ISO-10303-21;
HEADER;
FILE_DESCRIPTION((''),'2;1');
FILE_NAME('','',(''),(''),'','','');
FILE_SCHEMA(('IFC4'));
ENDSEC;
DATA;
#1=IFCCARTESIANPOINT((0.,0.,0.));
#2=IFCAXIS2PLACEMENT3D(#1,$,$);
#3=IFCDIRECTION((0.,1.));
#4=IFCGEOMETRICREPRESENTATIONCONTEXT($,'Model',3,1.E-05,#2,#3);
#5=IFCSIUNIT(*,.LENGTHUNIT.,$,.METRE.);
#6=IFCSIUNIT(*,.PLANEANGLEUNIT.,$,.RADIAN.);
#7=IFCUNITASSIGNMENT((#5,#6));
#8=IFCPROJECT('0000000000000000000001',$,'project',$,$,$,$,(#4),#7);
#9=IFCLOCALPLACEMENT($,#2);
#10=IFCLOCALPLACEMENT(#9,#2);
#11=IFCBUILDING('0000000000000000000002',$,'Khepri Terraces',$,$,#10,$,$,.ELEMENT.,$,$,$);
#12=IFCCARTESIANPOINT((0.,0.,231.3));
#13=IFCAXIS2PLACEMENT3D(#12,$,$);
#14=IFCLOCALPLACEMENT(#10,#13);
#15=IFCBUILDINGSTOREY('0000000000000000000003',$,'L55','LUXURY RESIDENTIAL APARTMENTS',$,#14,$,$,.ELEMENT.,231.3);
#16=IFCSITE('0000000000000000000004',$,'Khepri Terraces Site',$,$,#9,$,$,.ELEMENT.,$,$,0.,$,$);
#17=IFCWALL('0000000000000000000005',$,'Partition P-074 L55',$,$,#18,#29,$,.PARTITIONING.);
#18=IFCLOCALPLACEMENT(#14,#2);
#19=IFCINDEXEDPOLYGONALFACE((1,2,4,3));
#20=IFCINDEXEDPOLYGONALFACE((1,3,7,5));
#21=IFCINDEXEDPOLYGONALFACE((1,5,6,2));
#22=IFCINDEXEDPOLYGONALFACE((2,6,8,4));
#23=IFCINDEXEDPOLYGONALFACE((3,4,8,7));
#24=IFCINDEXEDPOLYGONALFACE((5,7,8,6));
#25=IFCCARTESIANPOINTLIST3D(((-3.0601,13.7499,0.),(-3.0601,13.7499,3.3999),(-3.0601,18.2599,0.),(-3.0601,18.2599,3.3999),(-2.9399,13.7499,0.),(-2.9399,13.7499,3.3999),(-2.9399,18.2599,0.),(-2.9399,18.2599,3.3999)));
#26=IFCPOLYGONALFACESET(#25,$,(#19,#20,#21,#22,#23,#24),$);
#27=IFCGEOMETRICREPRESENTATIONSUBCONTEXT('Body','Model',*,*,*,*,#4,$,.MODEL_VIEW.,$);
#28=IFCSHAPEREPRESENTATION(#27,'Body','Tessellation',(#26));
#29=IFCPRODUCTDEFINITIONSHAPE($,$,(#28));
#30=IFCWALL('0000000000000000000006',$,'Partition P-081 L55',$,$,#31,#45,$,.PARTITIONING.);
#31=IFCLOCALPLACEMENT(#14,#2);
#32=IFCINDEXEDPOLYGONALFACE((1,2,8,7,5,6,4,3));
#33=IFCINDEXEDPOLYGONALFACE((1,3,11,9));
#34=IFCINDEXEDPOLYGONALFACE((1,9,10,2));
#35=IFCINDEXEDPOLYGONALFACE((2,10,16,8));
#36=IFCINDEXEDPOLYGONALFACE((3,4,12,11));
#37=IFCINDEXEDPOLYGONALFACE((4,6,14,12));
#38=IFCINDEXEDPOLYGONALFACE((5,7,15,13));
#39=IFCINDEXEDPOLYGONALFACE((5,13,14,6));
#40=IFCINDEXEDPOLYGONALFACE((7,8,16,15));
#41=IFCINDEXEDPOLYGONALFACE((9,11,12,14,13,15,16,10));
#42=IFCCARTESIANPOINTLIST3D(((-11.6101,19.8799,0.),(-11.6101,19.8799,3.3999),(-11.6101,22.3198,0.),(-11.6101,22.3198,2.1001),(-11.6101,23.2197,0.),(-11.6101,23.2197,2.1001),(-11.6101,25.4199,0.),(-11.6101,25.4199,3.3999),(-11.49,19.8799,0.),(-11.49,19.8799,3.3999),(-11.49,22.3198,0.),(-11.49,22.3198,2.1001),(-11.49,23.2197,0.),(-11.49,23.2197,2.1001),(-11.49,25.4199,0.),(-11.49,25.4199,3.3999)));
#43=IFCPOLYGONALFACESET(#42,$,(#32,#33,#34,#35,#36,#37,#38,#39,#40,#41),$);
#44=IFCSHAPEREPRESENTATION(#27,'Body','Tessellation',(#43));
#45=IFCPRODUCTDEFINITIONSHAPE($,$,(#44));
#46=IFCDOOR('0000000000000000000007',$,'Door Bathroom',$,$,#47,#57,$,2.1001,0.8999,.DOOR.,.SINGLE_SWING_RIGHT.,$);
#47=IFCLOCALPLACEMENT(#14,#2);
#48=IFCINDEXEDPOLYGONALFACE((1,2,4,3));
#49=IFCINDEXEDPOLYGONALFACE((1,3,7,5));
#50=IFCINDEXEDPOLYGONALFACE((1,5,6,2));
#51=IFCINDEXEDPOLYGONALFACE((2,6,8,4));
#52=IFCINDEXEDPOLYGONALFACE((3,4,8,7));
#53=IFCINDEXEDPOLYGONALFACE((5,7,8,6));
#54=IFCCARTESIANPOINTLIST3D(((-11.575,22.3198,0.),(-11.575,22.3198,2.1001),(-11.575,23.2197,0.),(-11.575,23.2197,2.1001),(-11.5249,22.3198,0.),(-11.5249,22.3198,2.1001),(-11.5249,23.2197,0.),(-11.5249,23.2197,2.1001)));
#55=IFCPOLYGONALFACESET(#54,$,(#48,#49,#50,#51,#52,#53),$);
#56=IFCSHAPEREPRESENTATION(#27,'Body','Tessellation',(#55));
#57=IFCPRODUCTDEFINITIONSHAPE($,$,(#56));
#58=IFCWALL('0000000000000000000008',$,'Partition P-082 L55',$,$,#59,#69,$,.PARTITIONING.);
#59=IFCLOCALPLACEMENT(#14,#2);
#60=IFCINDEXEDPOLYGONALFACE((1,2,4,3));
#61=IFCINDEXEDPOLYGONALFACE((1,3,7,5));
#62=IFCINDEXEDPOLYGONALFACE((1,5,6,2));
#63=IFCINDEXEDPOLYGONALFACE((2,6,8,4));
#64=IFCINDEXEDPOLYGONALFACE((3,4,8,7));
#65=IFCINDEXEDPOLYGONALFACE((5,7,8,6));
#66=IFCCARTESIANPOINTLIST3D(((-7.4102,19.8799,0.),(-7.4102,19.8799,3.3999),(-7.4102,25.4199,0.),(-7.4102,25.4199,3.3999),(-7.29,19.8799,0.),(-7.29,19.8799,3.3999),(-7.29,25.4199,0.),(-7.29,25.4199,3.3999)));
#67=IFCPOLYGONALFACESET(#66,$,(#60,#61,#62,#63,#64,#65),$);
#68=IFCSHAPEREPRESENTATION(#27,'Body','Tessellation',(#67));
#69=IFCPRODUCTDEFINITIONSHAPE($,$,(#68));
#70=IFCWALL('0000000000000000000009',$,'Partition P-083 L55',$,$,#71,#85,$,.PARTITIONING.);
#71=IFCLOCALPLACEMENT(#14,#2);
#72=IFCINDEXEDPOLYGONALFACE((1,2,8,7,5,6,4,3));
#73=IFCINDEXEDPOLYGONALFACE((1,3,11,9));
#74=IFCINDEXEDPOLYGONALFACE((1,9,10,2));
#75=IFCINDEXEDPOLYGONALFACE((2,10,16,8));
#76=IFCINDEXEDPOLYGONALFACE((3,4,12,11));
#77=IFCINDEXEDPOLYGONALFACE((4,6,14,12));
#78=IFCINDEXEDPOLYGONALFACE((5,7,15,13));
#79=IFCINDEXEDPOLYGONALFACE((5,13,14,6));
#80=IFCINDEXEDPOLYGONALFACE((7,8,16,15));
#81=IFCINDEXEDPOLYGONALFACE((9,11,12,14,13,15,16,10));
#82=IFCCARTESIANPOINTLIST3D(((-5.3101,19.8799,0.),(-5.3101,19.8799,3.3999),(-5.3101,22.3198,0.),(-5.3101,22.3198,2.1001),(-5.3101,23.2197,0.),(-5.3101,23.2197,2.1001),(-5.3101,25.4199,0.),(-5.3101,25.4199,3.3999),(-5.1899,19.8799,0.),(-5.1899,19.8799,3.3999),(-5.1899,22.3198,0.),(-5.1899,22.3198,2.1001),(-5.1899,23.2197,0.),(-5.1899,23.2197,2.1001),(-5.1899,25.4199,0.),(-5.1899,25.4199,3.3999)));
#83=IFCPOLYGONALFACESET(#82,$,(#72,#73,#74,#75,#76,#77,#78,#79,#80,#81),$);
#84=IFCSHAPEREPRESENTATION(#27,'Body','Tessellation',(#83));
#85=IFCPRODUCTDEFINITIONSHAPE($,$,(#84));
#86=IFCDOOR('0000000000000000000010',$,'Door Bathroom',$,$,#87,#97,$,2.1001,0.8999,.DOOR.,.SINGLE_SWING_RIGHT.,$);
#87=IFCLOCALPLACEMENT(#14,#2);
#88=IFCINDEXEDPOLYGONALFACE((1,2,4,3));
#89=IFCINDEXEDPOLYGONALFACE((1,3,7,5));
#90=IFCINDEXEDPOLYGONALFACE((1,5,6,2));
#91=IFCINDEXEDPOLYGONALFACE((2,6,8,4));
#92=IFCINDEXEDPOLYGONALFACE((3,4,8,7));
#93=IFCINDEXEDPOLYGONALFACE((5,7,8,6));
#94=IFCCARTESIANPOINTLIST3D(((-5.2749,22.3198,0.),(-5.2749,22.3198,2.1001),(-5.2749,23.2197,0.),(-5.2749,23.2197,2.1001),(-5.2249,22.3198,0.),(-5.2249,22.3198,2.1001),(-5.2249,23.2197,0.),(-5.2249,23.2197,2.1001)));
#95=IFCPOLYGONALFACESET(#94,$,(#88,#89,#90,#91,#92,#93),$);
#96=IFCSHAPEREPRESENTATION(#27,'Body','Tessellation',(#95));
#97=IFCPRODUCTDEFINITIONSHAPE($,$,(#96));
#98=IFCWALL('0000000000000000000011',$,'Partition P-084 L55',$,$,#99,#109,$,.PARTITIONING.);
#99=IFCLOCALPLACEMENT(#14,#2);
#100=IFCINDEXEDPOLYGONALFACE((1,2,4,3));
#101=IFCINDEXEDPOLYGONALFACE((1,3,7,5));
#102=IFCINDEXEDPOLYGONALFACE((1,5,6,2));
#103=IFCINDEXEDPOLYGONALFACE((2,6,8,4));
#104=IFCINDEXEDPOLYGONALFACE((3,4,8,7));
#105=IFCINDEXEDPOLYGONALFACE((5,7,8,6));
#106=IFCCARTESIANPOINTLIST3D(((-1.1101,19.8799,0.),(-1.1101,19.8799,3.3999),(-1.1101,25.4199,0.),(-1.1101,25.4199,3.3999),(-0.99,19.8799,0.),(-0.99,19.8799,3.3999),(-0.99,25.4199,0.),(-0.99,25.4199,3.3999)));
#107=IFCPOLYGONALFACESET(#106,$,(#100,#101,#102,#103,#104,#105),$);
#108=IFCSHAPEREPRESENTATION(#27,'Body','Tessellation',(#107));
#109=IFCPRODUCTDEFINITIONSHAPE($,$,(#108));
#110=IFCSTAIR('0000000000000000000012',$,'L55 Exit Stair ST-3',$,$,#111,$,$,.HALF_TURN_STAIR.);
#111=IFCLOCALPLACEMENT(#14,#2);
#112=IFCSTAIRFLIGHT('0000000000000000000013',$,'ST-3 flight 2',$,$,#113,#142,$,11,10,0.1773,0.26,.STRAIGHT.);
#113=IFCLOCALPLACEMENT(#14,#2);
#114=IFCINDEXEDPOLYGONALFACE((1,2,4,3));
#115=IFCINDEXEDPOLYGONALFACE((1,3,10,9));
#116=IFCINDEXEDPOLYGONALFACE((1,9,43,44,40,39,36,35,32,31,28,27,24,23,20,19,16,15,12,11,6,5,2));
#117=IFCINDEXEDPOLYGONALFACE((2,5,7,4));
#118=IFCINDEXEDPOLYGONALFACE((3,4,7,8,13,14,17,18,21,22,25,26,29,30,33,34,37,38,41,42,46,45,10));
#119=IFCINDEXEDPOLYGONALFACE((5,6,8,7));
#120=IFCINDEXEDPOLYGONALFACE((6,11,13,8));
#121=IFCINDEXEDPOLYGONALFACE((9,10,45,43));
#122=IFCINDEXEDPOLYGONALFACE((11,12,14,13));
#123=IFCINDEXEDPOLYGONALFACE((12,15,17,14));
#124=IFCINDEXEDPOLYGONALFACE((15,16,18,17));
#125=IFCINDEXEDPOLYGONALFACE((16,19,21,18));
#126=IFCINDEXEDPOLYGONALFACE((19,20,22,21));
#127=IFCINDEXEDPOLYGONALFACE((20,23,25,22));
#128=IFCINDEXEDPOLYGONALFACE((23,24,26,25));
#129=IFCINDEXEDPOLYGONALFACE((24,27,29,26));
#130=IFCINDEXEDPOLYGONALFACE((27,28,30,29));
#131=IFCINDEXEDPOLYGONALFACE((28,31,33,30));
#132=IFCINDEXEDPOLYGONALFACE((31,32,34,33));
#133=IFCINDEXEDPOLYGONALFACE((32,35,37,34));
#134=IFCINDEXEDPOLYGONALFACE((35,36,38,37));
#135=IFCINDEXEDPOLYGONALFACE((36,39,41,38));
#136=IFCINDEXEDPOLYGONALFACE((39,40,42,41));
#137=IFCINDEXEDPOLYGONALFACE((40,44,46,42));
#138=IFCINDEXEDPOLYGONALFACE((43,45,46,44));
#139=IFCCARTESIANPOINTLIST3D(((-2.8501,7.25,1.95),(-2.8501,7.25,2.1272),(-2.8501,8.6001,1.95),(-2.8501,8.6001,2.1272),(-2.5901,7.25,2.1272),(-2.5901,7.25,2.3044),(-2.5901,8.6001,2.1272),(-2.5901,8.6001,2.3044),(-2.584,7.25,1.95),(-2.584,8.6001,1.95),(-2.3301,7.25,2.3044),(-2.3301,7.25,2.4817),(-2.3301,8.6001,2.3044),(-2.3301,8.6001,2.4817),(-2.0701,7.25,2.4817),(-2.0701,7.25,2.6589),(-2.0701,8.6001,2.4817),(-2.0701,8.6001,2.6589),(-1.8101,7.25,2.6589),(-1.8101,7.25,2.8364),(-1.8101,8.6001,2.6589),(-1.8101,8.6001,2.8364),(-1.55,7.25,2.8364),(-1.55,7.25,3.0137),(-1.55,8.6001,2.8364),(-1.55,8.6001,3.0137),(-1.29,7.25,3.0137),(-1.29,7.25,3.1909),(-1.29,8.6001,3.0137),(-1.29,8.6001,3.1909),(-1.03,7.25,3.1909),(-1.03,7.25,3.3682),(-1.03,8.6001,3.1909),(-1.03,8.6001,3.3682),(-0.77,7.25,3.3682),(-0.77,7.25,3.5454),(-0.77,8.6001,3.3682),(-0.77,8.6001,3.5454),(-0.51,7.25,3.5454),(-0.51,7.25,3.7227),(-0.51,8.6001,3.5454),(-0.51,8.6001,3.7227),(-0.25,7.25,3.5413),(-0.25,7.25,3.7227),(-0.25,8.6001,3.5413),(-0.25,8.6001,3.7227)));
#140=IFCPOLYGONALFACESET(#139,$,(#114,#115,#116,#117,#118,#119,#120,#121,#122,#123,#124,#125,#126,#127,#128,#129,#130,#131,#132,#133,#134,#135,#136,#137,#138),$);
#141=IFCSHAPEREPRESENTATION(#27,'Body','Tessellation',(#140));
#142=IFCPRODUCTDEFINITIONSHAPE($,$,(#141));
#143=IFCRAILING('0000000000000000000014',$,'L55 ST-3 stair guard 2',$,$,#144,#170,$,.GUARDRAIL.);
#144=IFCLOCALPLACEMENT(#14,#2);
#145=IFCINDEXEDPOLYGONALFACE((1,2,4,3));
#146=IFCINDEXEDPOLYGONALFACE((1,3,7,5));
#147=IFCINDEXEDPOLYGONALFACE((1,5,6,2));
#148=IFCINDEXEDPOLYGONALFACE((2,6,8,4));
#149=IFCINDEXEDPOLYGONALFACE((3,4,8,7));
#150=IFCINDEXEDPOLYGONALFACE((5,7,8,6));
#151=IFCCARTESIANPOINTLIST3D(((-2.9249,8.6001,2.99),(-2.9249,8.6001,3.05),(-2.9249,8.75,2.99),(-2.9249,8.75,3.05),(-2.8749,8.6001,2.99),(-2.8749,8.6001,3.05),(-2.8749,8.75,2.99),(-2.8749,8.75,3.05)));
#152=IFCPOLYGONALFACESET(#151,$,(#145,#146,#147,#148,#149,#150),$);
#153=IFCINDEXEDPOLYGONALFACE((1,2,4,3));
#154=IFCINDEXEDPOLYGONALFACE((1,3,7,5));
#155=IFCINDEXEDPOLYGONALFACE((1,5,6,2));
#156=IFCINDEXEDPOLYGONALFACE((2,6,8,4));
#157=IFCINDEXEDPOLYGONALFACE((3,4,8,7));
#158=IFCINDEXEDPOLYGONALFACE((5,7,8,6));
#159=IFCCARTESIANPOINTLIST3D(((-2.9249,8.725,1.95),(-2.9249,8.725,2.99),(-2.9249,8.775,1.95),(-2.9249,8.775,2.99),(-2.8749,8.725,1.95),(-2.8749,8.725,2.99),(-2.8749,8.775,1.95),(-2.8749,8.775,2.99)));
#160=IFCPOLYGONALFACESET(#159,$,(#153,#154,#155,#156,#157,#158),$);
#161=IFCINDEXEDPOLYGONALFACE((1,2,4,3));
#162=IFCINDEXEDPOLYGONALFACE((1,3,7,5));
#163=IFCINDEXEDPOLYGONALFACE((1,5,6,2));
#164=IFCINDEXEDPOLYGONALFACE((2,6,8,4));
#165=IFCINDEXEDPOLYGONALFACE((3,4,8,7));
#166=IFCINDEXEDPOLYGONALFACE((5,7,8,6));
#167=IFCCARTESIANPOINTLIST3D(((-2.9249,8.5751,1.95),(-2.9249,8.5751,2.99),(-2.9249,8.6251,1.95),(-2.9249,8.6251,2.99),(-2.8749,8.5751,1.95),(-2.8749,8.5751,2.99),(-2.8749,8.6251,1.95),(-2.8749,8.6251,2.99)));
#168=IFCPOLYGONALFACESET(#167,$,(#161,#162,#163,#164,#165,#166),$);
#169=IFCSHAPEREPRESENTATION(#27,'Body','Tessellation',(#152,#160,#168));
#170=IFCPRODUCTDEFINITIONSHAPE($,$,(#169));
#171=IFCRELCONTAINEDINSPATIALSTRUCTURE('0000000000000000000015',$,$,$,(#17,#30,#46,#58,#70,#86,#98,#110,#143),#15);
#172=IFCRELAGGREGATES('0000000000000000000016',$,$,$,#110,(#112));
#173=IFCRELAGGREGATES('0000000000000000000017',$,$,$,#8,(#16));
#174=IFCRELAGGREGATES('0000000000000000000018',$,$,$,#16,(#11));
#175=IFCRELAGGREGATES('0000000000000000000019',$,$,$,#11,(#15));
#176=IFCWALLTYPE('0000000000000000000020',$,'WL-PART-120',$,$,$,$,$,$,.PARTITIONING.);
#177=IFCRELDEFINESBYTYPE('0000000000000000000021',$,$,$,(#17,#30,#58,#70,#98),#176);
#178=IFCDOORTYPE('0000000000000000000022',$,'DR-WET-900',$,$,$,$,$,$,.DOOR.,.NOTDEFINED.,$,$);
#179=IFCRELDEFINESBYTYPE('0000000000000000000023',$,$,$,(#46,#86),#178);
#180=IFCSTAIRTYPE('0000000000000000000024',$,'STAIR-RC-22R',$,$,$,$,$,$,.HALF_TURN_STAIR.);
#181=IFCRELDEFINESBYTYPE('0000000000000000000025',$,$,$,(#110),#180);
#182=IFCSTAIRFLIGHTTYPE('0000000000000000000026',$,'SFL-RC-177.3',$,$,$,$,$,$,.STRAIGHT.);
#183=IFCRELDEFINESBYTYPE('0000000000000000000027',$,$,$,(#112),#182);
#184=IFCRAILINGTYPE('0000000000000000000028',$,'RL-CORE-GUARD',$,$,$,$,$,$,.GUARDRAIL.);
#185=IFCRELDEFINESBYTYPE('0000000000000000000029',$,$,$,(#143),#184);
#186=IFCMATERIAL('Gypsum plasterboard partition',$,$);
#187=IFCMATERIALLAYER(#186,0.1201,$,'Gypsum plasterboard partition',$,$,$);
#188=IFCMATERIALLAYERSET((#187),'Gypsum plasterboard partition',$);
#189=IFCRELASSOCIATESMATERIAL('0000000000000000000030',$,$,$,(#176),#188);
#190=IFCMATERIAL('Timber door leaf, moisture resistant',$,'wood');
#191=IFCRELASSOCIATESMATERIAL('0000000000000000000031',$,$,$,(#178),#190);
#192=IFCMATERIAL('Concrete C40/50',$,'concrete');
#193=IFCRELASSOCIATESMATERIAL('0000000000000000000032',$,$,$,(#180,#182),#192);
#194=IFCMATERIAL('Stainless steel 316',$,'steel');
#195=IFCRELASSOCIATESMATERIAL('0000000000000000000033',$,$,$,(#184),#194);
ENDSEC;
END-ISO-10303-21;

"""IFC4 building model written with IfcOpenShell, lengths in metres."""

from ifc_helpers import new_model, si_unit, direction, frame, frame_2d, origin, origin_2d, place, context, subcontext, project, spatial, polyline, rectangle, outline, extrude, material, layer, layer_set, type_object, element, fill, aggregate, save


model = new_model("IFC4")

# Units and contexts
model_context = context("Model", 3, precision=1e-05, world=origin(), true_north=direction((0.0, 1.0)))
body_context = subcontext(model_context, "Body", "Model", "MODEL_VIEW")
ifc_project = project(units=[si_unit("LENGTHUNIT", "METRE"), si_unit("PLANEANGLEUNIT", "RADIAN")], contexts=[model_context])

# Site, building, storey
site_placement = place(None, origin())
site = spatial("IfcSite", under=ifc_project, at=site_placement, Name="Khepri Terraces Site", CompositionType="ELEMENT", RefElevation=0.0)
building_placement = place(site_placement, origin())
building = spatial("IfcBuilding", under=site, at=building_placement, Name="Khepri Terraces", CompositionType="ELEMENT")
storey_placement = place(building_placement, frame((0.0, 0.0, 231.3)))
storey = spatial("IfcBuildingStorey", under=building, at=storey_placement, Name="L55", Description="LUXURY RESIDENTIAL APARTMENTS", CompositionType="ELEMENT", Elevation=231.3)

# Wall
ifc_material_1 = material(Name="Gypsum plasterboard partition")
ifc_layer_1 = layer(ifc_material_1, 0.1201, Name="Gypsum plasterboard partition")
ifc_layer_set_1 = layer_set([ifc_layer_1], Name="Gypsum plasterboard partition")
wall_type_1 = type_object("IfcWallType", Name="WL-PART-120", PredefinedType="PARTITIONING", material=ifc_layer_set_1)
for number, where, z_axis, x_axis, name in (
    (1, (-3.0, 13.75, 0.0), (0.0, 0.0, 1.0), (0.0, 1.0, 0.0), "Partition P-074 L55"),
):
    element("IfcWall", number, at=place(storey_placement, frame(where, z_axis=z_axis, x_axis=x_axis)), inside=storey, type_object=wall_type_1, Name=name, PredefinedType="PARTITIONING", context=body_context, shape_type="SweptSolid", body=[
        extrude(rectangle(XDim=4.51, YDim=0.1201, at=frame_2d((2.2549, 0.0))), origin(), (0.0, 0.0, 1.0), 3.3999),
    ])

# Wall, opening, door
wall_1_placement = place(storey_placement, frame((-11.55, 19.8799, 0.0), z_axis=(0.0, 0.0, 1.0), x_axis=(0.0, 1.0, 0.0)))
wall_1 = element("IfcWall", 2, at=wall_1_placement, inside=storey, type_object=wall_type_1, Name="Partition P-081 L55", PredefinedType="PARTITIONING", context=body_context, shape_type="SweptSolid", body=[
    extrude(rectangle(XDim=5.54, YDim=0.1201, at=frame_2d((2.77, 0.0))), origin(), (0.0, 0.0, 1.0), 3.3999),
])
opening_1_placement = place(wall_1_placement, frame((2.4399, 0.0, 0.0)))
opening_1 = element("IfcOpeningElement", 3, at=opening_1_placement, cuts=wall_1, PredefinedType="OPENING", context=body_context, shape_type="SweptSolid", body=[
    extrude(rectangle(XDim=0.8999, YDim=2.1001, at=frame_2d((0.45, 1.05))), frame((0.0, 0.0701, 0.0), z_axis=(0.0, -1.0, 0.0), x_axis=(1.0, 0.0, 0.0)), (0.0, 0.0, 1.0), 0.1401),
])
ifc_material_2 = material(Name="Timber door leaf, moisture resistant", Category="wood")
door_type_1 = type_object("IfcDoorType", Name="DR-WET-900", OperationType="NOTDEFINED", PredefinedType="DOOR", material=ifc_material_2)
door_1_placement = place(opening_1_placement, origin())
door_1 = element("IfcDoor", 4, at=door_1_placement, inside=storey, type_object=door_type_1, Name="Door Bathroom", OperationType="SINGLE_SWING_RIGHT", OverallHeight=2.1001, OverallWidth=0.8999, PredefinedType="DOOR", context=body_context, shape_type="SweptSolid", body=[
    extrude(rectangle(XDim=0.8999, YDim=2.1001, at=frame_2d((0.45, 1.05))), frame((0.0, 0.0249, 0.0), z_axis=(0.0, -1.0, 0.0), x_axis=(1.0, 0.0, 0.0)), (0.0, 0.0, 1.0), 0.05),
])
fill(opening_1, door_1)

# Wall
wall_2_placement = place(storey_placement, frame((-7.3501, 19.8799, 0.0), z_axis=(0.0, 0.0, 1.0), x_axis=(0.0, 1.0, 0.0)))
element("IfcWall", 5, at=wall_2_placement, inside=storey, type_object=wall_type_1, Name="Partition P-082 L55", PredefinedType="PARTITIONING", context=body_context, shape_type="SweptSolid", body=[
    extrude(rectangle(XDim=5.54, YDim=0.1201, at=frame_2d((2.77, 0.0))), origin(), (0.0, 0.0, 1.0), 3.3999),
])

# Wall, opening, door
wall_3_placement = place(storey_placement, frame((-5.25, 19.8799, 0.0), z_axis=(0.0, 0.0, 1.0), x_axis=(0.0, 1.0, 0.0)))
wall_3 = element("IfcWall", 6, at=wall_3_placement, inside=storey, type_object=wall_type_1, Name="Partition P-083 L55", PredefinedType="PARTITIONING", context=body_context, shape_type="SweptSolid", body=[
    extrude(rectangle(XDim=5.54, YDim=0.1201, at=frame_2d((2.77, 0.0))), origin(), (0.0, 0.0, 1.0), 3.3999),
])
opening_2_placement = place(wall_3_placement, frame((2.4399, 0.0, 0.0)))
opening_2 = element("IfcOpeningElement", 7, at=opening_2_placement, cuts=wall_3, PredefinedType="OPENING", context=body_context, shape_type="SweptSolid", body=[
    extrude(rectangle(XDim=0.8999, YDim=2.1001, at=frame_2d((0.45, 1.05))), frame((0.0, 0.0701, 0.0), z_axis=(0.0, -1.0, 0.0), x_axis=(1.0, 0.0, 0.0)), (0.0, 0.0, 1.0), 0.1401),
])
door_2_placement = place(opening_2_placement, origin())
door_2 = element("IfcDoor", 8, at=door_2_placement, inside=storey, type_object=door_type_1, Name="Door Bathroom", OperationType="SINGLE_SWING_RIGHT", OverallHeight=2.1001, OverallWidth=0.8999, PredefinedType="DOOR", context=body_context, shape_type="SweptSolid", body=[
    extrude(rectangle(XDim=0.8999, YDim=2.1001, at=frame_2d((0.45, 1.05))), frame((0.0, 0.0249, 0.0), z_axis=(0.0, -1.0, 0.0), x_axis=(1.0, 0.0, 0.0)), (0.0, 0.0, 1.0), 0.05),
])
fill(opening_2, door_2)

# Wall
wall_4_placement = place(storey_placement, frame((-1.05, 19.8799, 0.0), z_axis=(0.0, 0.0, 1.0), x_axis=(0.0, 1.0, 0.0)))
element("IfcWall", 9, at=wall_4_placement, inside=storey, type_object=wall_type_1, Name="Partition P-084 L55", PredefinedType="PARTITIONING", context=body_context, shape_type="SweptSolid", body=[
    extrude(rectangle(XDim=5.54, YDim=0.1201, at=frame_2d((2.77, 0.0))), origin(), (0.0, 0.0, 1.0), 3.3999),
])

# Stair, stair flight
ifc_material_3 = material(Name="Concrete C40/50", Category="concrete")
stair_type = type_object("IfcStairType", Name="STAIR-RC-22R", PredefinedType="HALF_TURN_STAIR", material=ifc_material_3)
stair_placement = place(storey_placement, origin())
stair = element("IfcStair", 10, at=stair_placement, inside=storey, type_object=stair_type, Name="L55 Exit Stair ST-3", PredefinedType="HALF_TURN_STAIR")
stair_flight_type = type_object("IfcStairFlightType", Name="SFL-RC-177.3", PredefinedType="STRAIGHT", material=ifc_material_3)
stair_flight_placement = place(storey_placement, frame((-2.8501, 7.925, 1.95), z_axis=(0.0, 0.0, 1.0), x_axis=(1.0, 0.0, 0.0)))
stair_flight = element("IfcStairFlight", 11, at=stair_flight_placement, type_object=stair_flight_type, Name="ST-3 flight 2", NumberOfRisers=11, NumberOfTreads=10, PredefinedType="STRAIGHT", RiserHeight=0.1773, TreadLength=0.26, context=body_context, shape_type="SweptSolid", body=[
    extrude(outline(polyline([(0.0, 0.0), (0.0, 0.1772), (0.26, 0.1772), (0.26, 0.3545), (0.52, 0.3545), (0.52, 0.5317), (0.78, 0.5317), (0.78, 0.709), (1.04, 0.709), (1.04, 0.8865), (1.3, 0.8865), (1.3, 1.0637), (1.5601, 1.0637), (1.5601, 1.241), (1.8201, 1.241), (1.8201, 1.4182), (2.0801, 1.4182), (2.0801, 1.5955), (2.3401, 1.5955), (2.3401, 1.7727), (2.6001, 1.7727), (2.6001, 1.95), (2.6001, 1.5913), (0.2661, 0.0), (0.0, 0.0)])), frame((0.0, 0.675, 0.0), z_axis=(0.0, -1.0, 0.0), x_axis=(1.0, 0.0, 0.0)), (0.0, 0.0, 1.0), 1.3501),
])
aggregate(stair, [stair_flight])

# Railing
ifc_material_4 = material(Name="Stainless steel 316", Category="steel")
railing_type_1 = type_object("IfcRailingType", Name="RL-CORE-GUARD", PredefinedType="GUARDRAIL", material=ifc_material_4)
railing_1_placement = place(storey_placement, frame((-2.8999, 8.75, 1.95)))
element("IfcRailing", 12, at=railing_1_placement, inside=storey, type_object=railing_type_1, Name="L55 ST-3 stair guard 2", PredefinedType="GUARDRAIL", context=body_context, shape_type="SweptSolid", body=[
    extrude(rectangle(XDim=0.05, YDim=0.0601, at=origin_2d()), frame((0.0, 0.0, 1.0701), z_axis=(0.0, -1.0, 0.0), x_axis=(1.0, 0.0, 0.0)), (0.0, 0.0, 1.0), 0.1499),
    extrude(rectangle(XDim=0.05, YDim=0.05, at=origin_2d()), origin(), (0.0, 0.0, 1.0), 1.04),
    extrude(rectangle(XDim=0.05, YDim=0.05, at=origin_2d()), frame((0.0, -0.1499, 0.0)), (0.0, 0.0, 1.0), 1.04),
])

save(model, "model.ifc")
